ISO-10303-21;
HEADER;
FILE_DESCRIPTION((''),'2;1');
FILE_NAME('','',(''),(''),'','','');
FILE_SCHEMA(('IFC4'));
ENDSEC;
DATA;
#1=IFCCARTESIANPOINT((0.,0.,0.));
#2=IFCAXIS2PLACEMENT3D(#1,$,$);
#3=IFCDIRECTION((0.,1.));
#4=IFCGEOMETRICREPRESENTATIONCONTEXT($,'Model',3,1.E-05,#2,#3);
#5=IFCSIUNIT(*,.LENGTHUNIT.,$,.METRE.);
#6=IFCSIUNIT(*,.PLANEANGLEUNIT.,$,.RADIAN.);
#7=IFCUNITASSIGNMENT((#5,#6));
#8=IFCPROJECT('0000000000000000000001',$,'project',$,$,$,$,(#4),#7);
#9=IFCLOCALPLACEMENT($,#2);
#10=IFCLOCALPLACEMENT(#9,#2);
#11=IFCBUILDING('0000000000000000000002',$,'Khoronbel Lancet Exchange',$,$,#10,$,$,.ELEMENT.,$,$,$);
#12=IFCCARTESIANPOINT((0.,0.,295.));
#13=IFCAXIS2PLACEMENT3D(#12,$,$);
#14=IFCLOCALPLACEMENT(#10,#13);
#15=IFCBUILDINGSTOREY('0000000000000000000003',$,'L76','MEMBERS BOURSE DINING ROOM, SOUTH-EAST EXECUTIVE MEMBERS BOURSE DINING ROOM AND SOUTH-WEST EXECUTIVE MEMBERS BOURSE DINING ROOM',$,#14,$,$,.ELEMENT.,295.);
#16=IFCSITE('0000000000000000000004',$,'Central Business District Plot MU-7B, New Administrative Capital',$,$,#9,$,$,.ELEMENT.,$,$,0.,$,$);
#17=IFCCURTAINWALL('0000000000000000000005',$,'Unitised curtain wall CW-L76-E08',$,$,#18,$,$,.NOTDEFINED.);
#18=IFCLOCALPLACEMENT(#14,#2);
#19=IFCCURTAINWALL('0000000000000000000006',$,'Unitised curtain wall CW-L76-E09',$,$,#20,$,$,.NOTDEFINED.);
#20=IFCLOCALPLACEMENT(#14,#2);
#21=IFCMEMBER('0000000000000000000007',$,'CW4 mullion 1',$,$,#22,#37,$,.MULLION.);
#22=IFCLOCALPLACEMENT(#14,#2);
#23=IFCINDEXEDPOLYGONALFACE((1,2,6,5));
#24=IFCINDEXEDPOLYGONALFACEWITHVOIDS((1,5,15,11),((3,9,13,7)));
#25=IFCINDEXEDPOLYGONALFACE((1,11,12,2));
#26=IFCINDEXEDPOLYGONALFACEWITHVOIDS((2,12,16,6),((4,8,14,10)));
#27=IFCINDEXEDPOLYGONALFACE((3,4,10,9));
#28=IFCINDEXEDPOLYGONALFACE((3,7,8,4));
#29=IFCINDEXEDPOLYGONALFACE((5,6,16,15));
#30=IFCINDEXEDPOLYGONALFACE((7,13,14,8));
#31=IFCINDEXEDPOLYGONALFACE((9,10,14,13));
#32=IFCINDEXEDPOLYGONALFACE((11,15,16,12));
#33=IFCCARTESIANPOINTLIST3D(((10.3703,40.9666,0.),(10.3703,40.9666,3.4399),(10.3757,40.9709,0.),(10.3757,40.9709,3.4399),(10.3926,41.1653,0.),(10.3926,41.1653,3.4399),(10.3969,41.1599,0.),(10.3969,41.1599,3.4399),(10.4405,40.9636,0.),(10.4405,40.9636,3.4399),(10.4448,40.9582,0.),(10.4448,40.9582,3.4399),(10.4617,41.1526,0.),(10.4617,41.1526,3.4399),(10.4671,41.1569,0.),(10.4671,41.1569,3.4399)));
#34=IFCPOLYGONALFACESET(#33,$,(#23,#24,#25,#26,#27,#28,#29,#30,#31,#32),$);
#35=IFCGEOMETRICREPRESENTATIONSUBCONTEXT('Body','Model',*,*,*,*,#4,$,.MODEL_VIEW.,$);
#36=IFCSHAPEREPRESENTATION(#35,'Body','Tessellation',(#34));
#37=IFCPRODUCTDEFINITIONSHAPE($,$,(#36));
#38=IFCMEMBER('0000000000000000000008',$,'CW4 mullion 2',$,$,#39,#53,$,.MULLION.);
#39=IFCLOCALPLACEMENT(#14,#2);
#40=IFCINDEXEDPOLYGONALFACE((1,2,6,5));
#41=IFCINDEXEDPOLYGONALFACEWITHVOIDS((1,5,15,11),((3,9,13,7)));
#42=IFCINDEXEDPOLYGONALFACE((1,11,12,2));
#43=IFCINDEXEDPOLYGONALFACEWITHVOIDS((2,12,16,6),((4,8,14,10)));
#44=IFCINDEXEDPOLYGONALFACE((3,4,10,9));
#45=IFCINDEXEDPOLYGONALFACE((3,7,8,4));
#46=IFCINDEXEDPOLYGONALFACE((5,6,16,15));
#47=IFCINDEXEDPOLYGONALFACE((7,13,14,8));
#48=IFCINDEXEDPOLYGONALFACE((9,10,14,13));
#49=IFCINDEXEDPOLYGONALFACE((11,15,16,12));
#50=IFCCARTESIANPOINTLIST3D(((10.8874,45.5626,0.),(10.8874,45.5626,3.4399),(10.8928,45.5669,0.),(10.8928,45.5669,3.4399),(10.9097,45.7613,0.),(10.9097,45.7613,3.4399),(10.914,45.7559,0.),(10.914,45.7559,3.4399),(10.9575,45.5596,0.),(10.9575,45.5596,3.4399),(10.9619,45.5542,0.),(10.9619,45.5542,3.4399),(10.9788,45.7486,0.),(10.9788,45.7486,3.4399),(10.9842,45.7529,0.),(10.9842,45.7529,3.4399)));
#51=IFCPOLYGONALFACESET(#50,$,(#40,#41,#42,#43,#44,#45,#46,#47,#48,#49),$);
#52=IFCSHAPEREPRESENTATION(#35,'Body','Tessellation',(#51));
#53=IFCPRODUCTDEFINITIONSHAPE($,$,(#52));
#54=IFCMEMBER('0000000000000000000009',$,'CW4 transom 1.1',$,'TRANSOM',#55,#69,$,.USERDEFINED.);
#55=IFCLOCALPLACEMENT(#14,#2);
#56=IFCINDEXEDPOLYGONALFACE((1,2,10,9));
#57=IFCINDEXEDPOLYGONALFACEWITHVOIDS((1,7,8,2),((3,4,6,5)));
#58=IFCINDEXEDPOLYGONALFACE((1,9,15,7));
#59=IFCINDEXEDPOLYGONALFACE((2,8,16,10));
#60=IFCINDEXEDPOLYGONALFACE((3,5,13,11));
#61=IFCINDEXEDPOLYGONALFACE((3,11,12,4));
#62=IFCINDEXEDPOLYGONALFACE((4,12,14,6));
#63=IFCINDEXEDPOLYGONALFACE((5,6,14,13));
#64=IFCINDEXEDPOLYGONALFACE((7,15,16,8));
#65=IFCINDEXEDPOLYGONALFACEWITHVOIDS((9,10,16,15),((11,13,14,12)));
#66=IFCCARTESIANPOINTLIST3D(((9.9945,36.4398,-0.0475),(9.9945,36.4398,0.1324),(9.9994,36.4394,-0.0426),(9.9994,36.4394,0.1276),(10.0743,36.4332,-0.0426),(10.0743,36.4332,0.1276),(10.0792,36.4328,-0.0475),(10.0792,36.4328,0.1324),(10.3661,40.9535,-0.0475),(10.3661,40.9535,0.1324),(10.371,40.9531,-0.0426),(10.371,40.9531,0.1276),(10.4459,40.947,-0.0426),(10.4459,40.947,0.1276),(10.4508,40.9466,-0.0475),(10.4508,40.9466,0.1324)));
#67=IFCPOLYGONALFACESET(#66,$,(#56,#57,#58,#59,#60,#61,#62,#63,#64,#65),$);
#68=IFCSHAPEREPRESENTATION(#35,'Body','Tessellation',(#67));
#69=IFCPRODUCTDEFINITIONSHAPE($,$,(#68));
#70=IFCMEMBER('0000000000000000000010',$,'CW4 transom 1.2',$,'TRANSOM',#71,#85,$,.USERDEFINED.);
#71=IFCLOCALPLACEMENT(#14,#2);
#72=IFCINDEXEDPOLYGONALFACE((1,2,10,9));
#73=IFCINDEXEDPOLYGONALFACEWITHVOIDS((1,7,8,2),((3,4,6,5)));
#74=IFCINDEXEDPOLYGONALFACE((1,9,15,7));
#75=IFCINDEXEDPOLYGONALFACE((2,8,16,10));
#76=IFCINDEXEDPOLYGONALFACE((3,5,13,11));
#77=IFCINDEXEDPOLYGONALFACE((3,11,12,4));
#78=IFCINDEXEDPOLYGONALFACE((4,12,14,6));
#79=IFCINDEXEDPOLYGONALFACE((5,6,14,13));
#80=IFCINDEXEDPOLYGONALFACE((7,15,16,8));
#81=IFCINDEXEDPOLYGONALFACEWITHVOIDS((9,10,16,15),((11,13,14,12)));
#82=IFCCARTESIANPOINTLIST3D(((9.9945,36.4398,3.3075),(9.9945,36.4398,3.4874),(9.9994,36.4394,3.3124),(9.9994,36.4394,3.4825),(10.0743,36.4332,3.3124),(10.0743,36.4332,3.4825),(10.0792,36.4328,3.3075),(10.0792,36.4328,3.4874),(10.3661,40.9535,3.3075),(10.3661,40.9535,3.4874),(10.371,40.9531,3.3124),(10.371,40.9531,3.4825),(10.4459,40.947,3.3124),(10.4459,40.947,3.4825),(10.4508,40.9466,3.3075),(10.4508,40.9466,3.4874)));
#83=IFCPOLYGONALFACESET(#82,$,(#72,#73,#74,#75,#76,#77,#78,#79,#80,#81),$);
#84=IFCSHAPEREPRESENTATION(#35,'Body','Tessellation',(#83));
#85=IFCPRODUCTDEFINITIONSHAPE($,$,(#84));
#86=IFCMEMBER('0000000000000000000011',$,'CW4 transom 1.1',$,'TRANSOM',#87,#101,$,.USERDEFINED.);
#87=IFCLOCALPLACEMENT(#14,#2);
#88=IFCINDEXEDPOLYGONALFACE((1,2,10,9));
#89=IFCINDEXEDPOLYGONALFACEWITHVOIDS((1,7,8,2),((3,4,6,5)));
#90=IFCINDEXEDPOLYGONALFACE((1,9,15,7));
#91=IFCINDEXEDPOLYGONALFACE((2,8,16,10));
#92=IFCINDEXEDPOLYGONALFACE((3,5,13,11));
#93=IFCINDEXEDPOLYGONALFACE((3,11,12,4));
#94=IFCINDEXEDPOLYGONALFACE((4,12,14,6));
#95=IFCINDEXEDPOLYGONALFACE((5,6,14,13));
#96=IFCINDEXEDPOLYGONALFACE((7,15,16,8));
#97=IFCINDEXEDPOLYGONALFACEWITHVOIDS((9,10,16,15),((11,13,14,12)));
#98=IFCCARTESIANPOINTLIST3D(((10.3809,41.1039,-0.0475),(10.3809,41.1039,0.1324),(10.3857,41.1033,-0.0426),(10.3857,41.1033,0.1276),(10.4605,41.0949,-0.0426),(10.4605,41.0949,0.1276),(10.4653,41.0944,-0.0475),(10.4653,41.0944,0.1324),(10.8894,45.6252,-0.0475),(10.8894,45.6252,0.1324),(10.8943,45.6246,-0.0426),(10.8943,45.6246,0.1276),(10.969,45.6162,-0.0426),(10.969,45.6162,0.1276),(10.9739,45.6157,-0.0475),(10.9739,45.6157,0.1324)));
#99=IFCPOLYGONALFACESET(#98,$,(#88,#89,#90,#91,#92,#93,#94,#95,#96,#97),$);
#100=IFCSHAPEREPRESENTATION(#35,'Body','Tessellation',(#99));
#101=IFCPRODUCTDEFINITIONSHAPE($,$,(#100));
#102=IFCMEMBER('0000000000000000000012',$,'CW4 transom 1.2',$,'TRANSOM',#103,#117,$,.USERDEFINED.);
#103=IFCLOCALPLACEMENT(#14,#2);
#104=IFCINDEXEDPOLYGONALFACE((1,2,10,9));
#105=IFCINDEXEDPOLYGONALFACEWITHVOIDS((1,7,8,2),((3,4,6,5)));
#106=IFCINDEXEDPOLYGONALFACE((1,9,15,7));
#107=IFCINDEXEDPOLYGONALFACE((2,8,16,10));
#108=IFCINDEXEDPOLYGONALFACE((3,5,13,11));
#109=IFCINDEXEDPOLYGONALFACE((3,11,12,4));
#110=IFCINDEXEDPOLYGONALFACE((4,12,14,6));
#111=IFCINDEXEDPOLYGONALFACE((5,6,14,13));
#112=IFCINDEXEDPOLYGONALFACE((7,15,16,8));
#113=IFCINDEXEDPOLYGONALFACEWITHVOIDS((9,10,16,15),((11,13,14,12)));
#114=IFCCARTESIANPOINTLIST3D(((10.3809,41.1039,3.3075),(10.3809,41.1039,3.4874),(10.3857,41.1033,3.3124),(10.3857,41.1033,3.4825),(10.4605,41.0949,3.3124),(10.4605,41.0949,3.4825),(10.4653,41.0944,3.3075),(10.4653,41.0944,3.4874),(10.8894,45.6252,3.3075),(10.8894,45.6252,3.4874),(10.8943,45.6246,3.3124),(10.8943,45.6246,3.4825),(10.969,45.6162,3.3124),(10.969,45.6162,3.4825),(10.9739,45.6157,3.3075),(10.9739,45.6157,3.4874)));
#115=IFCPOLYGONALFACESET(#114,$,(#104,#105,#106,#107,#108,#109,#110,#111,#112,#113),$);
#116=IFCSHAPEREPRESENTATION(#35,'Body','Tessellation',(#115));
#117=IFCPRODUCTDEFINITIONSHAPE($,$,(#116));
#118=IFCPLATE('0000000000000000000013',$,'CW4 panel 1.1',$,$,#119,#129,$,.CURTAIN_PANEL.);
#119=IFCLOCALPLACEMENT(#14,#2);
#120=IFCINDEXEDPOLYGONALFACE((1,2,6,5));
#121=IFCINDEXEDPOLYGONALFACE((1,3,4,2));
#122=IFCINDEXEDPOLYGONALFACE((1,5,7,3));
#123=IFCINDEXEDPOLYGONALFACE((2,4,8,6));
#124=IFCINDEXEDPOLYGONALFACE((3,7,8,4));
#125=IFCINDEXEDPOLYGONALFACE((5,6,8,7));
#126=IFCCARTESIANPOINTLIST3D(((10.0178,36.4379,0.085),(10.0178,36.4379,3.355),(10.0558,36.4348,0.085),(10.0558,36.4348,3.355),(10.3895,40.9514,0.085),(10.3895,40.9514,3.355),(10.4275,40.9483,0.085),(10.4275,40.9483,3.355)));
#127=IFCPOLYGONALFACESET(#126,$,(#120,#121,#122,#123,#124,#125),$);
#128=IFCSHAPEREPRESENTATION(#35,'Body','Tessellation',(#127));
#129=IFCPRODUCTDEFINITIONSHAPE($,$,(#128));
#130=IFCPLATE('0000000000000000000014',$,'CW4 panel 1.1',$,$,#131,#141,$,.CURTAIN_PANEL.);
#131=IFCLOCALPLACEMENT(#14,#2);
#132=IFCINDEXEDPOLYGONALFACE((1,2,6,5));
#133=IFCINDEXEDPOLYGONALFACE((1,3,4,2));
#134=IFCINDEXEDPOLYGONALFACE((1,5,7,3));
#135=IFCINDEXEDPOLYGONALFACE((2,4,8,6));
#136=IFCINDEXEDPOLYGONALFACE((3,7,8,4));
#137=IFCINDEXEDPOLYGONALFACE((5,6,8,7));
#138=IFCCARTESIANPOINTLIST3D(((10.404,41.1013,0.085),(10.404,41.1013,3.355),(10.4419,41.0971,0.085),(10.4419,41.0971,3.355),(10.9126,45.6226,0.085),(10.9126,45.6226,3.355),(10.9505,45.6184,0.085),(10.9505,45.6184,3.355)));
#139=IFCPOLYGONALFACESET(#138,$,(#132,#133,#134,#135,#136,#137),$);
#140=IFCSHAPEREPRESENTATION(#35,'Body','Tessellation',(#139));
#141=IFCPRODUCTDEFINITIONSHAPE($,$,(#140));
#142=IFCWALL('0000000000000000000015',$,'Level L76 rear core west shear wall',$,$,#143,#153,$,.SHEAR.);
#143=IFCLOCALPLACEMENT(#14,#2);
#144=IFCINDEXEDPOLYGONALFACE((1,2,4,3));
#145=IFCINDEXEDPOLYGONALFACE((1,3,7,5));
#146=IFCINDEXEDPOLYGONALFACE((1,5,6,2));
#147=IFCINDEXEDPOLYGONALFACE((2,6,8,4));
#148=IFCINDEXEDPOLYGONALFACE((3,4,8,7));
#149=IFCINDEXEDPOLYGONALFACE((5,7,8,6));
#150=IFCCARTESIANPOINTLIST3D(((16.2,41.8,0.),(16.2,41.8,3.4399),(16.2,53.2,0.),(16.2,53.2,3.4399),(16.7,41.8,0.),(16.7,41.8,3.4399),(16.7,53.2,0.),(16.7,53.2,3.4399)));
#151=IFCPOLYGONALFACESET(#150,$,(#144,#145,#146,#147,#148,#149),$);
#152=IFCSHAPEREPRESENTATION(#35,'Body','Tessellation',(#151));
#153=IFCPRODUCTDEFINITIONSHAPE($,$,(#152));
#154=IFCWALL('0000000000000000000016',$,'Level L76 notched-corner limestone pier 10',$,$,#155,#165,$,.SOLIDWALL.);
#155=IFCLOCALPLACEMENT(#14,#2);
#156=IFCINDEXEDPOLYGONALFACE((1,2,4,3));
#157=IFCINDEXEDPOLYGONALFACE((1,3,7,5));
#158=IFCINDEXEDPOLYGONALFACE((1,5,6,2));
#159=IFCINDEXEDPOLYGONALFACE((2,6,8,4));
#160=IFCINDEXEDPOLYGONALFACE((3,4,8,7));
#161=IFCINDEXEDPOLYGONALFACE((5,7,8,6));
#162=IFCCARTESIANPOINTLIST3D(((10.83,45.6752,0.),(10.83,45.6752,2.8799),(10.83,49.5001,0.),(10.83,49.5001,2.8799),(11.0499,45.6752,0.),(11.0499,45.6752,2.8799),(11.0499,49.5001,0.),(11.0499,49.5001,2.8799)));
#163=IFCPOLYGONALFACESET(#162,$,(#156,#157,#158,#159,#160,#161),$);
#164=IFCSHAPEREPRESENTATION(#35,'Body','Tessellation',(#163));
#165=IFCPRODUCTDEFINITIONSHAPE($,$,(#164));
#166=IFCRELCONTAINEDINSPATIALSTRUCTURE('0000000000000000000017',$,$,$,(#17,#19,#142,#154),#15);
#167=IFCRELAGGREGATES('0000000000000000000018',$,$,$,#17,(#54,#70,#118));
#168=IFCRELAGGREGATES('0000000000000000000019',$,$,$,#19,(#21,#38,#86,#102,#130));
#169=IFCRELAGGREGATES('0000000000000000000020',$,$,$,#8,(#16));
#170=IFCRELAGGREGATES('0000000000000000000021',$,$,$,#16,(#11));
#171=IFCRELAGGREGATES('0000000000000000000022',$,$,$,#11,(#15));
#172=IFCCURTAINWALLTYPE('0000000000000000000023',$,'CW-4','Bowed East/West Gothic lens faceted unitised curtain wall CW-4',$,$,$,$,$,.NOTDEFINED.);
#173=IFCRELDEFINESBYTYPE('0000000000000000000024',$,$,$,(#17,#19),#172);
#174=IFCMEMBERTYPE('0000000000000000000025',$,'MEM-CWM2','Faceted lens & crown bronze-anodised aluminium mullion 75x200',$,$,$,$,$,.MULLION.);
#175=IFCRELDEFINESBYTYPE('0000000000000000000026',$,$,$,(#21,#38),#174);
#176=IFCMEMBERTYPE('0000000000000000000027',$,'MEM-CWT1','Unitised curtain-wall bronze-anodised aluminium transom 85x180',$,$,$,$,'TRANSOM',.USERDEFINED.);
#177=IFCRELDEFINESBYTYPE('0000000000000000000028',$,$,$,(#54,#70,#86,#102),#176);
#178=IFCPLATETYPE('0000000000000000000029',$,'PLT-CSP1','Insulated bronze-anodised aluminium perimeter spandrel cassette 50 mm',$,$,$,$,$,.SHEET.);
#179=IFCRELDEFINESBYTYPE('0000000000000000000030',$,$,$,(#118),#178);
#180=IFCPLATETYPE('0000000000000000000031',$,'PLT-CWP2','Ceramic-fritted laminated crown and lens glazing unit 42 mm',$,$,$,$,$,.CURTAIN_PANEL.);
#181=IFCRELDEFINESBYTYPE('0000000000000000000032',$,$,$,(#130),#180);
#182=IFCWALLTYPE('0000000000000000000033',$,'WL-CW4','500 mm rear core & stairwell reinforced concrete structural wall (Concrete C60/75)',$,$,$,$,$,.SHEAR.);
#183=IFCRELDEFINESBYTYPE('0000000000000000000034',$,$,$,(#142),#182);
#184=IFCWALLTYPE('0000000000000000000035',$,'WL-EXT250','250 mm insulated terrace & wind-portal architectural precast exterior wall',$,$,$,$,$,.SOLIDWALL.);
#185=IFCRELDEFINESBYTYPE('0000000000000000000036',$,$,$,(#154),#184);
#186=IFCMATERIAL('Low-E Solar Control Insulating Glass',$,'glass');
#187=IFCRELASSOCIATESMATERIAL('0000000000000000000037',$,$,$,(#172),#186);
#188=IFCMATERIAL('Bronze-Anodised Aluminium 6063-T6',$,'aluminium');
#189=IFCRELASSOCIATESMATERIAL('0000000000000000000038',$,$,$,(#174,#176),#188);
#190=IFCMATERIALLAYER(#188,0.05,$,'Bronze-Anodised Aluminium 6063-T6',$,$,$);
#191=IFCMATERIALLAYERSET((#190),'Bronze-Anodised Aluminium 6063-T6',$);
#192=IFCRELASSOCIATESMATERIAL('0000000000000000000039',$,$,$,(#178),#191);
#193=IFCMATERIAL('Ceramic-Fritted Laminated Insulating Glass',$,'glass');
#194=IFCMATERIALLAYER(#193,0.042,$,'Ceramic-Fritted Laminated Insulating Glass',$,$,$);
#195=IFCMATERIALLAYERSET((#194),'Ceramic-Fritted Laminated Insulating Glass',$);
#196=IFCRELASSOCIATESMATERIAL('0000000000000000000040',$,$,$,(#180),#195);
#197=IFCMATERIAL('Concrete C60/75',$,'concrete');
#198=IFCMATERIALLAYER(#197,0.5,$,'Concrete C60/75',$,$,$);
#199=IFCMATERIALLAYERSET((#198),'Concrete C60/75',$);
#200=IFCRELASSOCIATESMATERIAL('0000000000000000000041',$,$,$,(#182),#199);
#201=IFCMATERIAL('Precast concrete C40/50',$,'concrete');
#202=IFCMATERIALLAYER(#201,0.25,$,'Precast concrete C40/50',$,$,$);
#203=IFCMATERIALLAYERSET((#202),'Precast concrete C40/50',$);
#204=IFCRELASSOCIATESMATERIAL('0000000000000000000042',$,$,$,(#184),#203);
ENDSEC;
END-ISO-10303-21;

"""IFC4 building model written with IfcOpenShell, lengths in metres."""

from ifc_helpers import new_model, si_unit, direction, frame, frame_2d, origin, origin_2d, place, context, subcontext, project, spatial, rectangle, hollow_rectangle, extrude, material, layer, layer_set, material_profile, profile_set, type_object, element, aggregate, save


model = new_model("IFC4")

# Units and contexts
model_context = context("Model", 3, precision=1e-05, world=origin(), true_north=direction((0.0, 1.0)))
body_context = subcontext(model_context, "Body", "Model", "MODEL_VIEW")
ifc_project = project(units=[si_unit("LENGTHUNIT", "METRE"), si_unit("PLANEANGLEUNIT", "RADIAN")], contexts=[model_context])

# Site, building, storey
site_placement = place(None, origin())
site = spatial("IfcSite", under=ifc_project, at=site_placement, Name="Central Business District Plot MU-7B, New Administrative Capital", CompositionType="ELEMENT", RefElevation=0.0)
building_placement = place(site_placement, origin())
building = spatial("IfcBuilding", under=site, at=building_placement, Name="Khoronbel Lancet Exchange", CompositionType="ELEMENT")
storey_placement = place(building_placement, frame((0.0, 0.0, 295.0)))
storey = spatial("IfcBuildingStorey", under=building, at=storey_placement, Name="L76", Description="MEMBERS BOURSE DINING ROOM, SOUTH-EAST EXECUTIVE MEMBERS BOURSE DINING ROOM AND SOUTH-WEST EXECUTIVE MEMBERS BOURSE DINING ROOM", CompositionType="ELEMENT", Elevation=295.0)

# Shared definitions
ifc_material_1 = material(Name="Low-E Solar Control Insulating Glass", Category="glass")
curtain_wall_type = type_object("IfcCurtainWallType", Name="CW-4", Description="Bowed East/West Gothic lens faceted unitised curtain wall CW-4", PredefinedType="NOTDEFINED", material=ifc_material_1)
ifc_material_2 = material(Name="Bronze-Anodised Aluminium 6063-T6", Category="aluminium")
ifc_material_profile_1 = material_profile(ifc_material_2, hollow_rectangle(XDim=0.075, YDim=0.2, WallThickness=0.0049, at=origin_2d()), Name="ALU MULLION 75x200")
ifc_profile_set_1 = profile_set([ifc_material_profile_1], Name="Bronze-Anodised Aluminium 6063-T6")
member_type_1 = type_object("IfcMemberType", Name="MEM-CWM2", Description="Faceted lens & crown bronze-anodised aluminium mullion 75x200", PredefinedType="MULLION", material=ifc_profile_set_1)

# Curtain walls, members
curtain_wall_1_placement = place(storey_placement, origin())
curtain_wall_1 = element("IfcCurtainWall", 1, at=curtain_wall_1_placement, inside=storey, type_object=curtain_wall_type, Name="Unitised curtain wall CW-L76-E08", PredefinedType="NOTDEFINED")
curtain_wall_2_placement = place(storey_placement, origin())
curtain_wall_2 = element("IfcCurtainWall", 2, at=curtain_wall_2_placement, inside=storey, type_object=curtain_wall_type, Name="Unitised curtain wall CW-L76-E09", PredefinedType="NOTDEFINED")
member_1_placement = place(storey_placement, frame((10.4187, 41.0618, 0.0), z_axis=(0.0, 0.0, 1.0), x_axis=(-0.993732, 0.111791, 0.0)))
member_1 = element("IfcMember", 3, at=member_1_placement, type_object=member_type_1, Name="CW4 mullion 1", PredefinedType="MULLION", context=body_context, shape_type="SweptSolid", body=[
    extrude(hollow_rectangle(XDim=0.075, YDim=0.2, WallThickness=0.0049, at=origin_2d()), origin(), (0.0, 0.0, 1.0), 3.4399),
])
member_2_placement = place(storey_placement, frame((10.9358, 45.6577, 0.0), z_axis=(0.0, 0.0, 1.0), x_axis=(-0.993732, 0.111791, 0.0)))
member_2 = element("IfcMember", 4, at=member_2_placement, type_object=member_type_1, Name="CW4 mullion 2", PredefinedType="MULLION", context=body_context, shape_type="SweptSolid", body=[
    extrude(hollow_rectangle(XDim=0.075, YDim=0.2, WallThickness=0.0049, at=origin_2d()), origin(), (0.0, 0.0, 1.0), 3.4399),
])

# Members
ifc_material_profile_2 = material_profile(ifc_material_2, hollow_rectangle(XDim=0.085, YDim=0.1799, WallThickness=0.0049, at=origin_2d()), Name="ALU TRANSOM 85x180")
ifc_profile_set_2 = profile_set([ifc_material_profile_2], Name="Bronze-Anodised Aluminium 6063-T6")
member_type_2 = type_object("IfcMemberType", Name="MEM-CWT1", Description="Unitised curtain-wall bronze-anodised aluminium transom 85x180", ElementType="TRANSOM", PredefinedType="USERDEFINED", material=ifc_profile_set_2)
member_3_placement = place(storey_placement, frame((10.0369, 36.4363, 0.0425), z_axis=(0.082046, 0.996629, 0.0), x_axis=(-0.996629, 0.082046, 0.0)))
member_3 = element("IfcMember", 5, at=member_3_placement, type_object=member_type_2, Name="CW4 transom 1.1", ObjectType="TRANSOM", PredefinedType="USERDEFINED", context=body_context, shape_type="SweptSolid", body=[
    extrude(hollow_rectangle(XDim=0.085, YDim=0.1799, WallThickness=0.0049, at=origin_2d()), origin(), (0.0, 0.0, 1.0), 4.5291),
])
member_4_placement = place(storey_placement, frame((10.0369, 36.4363, 3.3975), z_axis=(0.082046, 0.996629, 0.0), x_axis=(-0.996629, 0.082046, 0.0)))
member_4 = element("IfcMember", 6, at=member_4_placement, type_object=member_type_2, Name="CW4 transom 1.2", ObjectType="TRANSOM", PredefinedType="USERDEFINED", context=body_context, shape_type="SweptSolid", body=[
    extrude(hollow_rectangle(XDim=0.085, YDim=0.1799, WallThickness=0.0049, at=origin_2d()), origin(), (0.0, 0.0, 1.0), 4.5291),
])
member_5_placement = place(storey_placement, frame((10.4231, 41.0991, 0.0425), z_axis=(0.111774, 0.993734, 0.0), x_axis=(-0.993734, 0.111774, 0.0)))
member_5 = element("IfcMember", 7, at=member_5_placement, type_object=member_type_2, Name="CW4 transom 1.1", ObjectType="TRANSOM", PredefinedType="USERDEFINED", context=body_context, shape_type="SweptSolid", body=[
    extrude(hollow_rectangle(XDim=0.085, YDim=0.1799, WallThickness=0.0049, at=origin_2d()), origin(), (0.0, 0.0, 1.0), 4.5498),
])
member_6_placement = place(storey_placement, frame((10.4231, 41.0991, 3.3975), z_axis=(0.111774, 0.993734, 0.0), x_axis=(-0.993734, 0.111774, 0.0)))
member_6 = element("IfcMember", 8, at=member_6_placement, type_object=member_type_2, Name="CW4 transom 1.2", ObjectType="TRANSOM", PredefinedType="USERDEFINED", context=body_context, shape_type="SweptSolid", body=[
    extrude(hollow_rectangle(XDim=0.085, YDim=0.1799, WallThickness=0.0049, at=origin_2d()), origin(), (0.0, 0.0, 1.0), 4.5498),
])

# Plates
ifc_layer_1 = layer(ifc_material_2, 0.05, Name="Bronze-Anodised Aluminium 6063-T6")
ifc_layer_set_1 = layer_set([ifc_layer_1], Name="Bronze-Anodised Aluminium 6063-T6")
plate_type_1 = type_object("IfcPlateType", Name="PLT-CSP1", Description="Insulated bronze-anodised aluminium perimeter spandrel cassette 50 mm", PredefinedType="SHEET", material=ifc_layer_set_1)
plate_1_placement = place(storey_placement, frame((10.2227, 38.6931, 0.085), z_axis=(0.0, 0.0, 1.0), x_axis=(0.082073, 0.996626, 0.0)))
plate_1 = element("IfcPlate", 9, at=plate_1_placement, type_object=plate_type_1, Name="CW4 panel 1.1", PredefinedType="CURTAIN_PANEL", context=body_context, shape_type="SweptSolid", body=[
    extrude(rectangle(XDim=4.5288, YDim=0.0381, at=origin_2d()), origin(), (0.0, 0.0, 1.0), 3.27),
])
aggregate(curtain_wall_1, [member_3, member_4, plate_1])
ifc_material_3 = material(Name="Ceramic-Fritted Laminated Insulating Glass", Category="glass")
ifc_layer_2 = layer(ifc_material_3, 0.042, Name="Ceramic-Fritted Laminated Insulating Glass")
ifc_layer_set_2 = layer_set([ifc_layer_2], Name="Ceramic-Fritted Laminated Insulating Glass")
plate_type_2 = type_object("IfcPlateType", Name="PLT-CWP2", Description="Ceramic-fritted laminated crown and lens glazing unit 42 mm", PredefinedType="CURTAIN_PANEL", material=ifc_layer_set_2)
plate_2_placement = place(storey_placement, frame((10.6772, 43.3599, 0.085), z_axis=(0.0, 0.0, 1.0), x_axis=(0.111791, 0.993732, 0.0)))
plate_2 = element("IfcPlate", 10, at=plate_2_placement, type_object=plate_type_2, Name="CW4 panel 1.1", PredefinedType="CURTAIN_PANEL", context=body_context, shape_type="SweptSolid", body=[
    extrude(rectangle(XDim=4.5498, YDim=0.0381, at=origin_2d()), origin(), (0.0, 0.0, 1.0), 3.27),
])
aggregate(curtain_wall_2, [member_1, member_2, member_5, member_6, plate_2])

# Walls
ifc_material_4 = material(Name="Concrete C60/75", Category="concrete")
ifc_layer_3 = layer(ifc_material_4, 0.5, Name="Concrete C60/75")
ifc_layer_set_3 = layer_set([ifc_layer_3], Name="Concrete C60/75")
wall_type_1 = type_object("IfcWallType", Name="WL-CW4", Description="500 mm rear core & stairwell reinforced concrete structural wall (Concrete C60/75)", PredefinedType="SHEAR", material=ifc_layer_set_3)
wall_1_placement = place(storey_placement, frame((16.45, 41.8, 0.0), z_axis=(0.0, 0.0, 1.0), x_axis=(0.0, 1.0, 0.0)))
element("IfcWall", 11, at=wall_1_placement, inside=storey, type_object=wall_type_1, Name="Level L76 rear core west shear wall", PredefinedType="SHEAR", context=body_context, shape_type="SweptSolid", body=[
    extrude(rectangle(XDim=11.3999, YDim=0.5, at=frame_2d((5.7, 0.0))), origin(), (0.0, 0.0, 1.0), 3.4399),
])
ifc_material_5 = material(Name="Precast concrete C40/50", Category="concrete")
ifc_layer_4 = layer(ifc_material_5, 0.25, Name="Precast concrete C40/50")
ifc_layer_set_4 = layer_set([ifc_layer_4], Name="Precast concrete C40/50")
wall_type_2 = type_object("IfcWallType", Name="WL-EXT250", Description="250 mm insulated terrace & wind-portal architectural precast exterior wall", PredefinedType="SOLIDWALL", material=ifc_layer_set_4)
wall_2_placement = place(storey_placement, frame((10.9399, 45.675, 0.0), z_axis=(0.0, 0.0, 1.0), x_axis=(0.0, 1.0, 0.0)))
element("IfcWall", 12, at=wall_2_placement, inside=storey, type_object=wall_type_2, Name="Level L76 notched-corner limestone pier 10", PredefinedType="SOLIDWALL", context=body_context, shape_type="SweptSolid", body=[
    extrude(rectangle(XDim=3.825, YDim=0.22, at=frame_2d((1.9126, 0.0))), origin(), (0.0, 0.0, 1.0), 2.8799),
])

save(model, "model.ifc")
